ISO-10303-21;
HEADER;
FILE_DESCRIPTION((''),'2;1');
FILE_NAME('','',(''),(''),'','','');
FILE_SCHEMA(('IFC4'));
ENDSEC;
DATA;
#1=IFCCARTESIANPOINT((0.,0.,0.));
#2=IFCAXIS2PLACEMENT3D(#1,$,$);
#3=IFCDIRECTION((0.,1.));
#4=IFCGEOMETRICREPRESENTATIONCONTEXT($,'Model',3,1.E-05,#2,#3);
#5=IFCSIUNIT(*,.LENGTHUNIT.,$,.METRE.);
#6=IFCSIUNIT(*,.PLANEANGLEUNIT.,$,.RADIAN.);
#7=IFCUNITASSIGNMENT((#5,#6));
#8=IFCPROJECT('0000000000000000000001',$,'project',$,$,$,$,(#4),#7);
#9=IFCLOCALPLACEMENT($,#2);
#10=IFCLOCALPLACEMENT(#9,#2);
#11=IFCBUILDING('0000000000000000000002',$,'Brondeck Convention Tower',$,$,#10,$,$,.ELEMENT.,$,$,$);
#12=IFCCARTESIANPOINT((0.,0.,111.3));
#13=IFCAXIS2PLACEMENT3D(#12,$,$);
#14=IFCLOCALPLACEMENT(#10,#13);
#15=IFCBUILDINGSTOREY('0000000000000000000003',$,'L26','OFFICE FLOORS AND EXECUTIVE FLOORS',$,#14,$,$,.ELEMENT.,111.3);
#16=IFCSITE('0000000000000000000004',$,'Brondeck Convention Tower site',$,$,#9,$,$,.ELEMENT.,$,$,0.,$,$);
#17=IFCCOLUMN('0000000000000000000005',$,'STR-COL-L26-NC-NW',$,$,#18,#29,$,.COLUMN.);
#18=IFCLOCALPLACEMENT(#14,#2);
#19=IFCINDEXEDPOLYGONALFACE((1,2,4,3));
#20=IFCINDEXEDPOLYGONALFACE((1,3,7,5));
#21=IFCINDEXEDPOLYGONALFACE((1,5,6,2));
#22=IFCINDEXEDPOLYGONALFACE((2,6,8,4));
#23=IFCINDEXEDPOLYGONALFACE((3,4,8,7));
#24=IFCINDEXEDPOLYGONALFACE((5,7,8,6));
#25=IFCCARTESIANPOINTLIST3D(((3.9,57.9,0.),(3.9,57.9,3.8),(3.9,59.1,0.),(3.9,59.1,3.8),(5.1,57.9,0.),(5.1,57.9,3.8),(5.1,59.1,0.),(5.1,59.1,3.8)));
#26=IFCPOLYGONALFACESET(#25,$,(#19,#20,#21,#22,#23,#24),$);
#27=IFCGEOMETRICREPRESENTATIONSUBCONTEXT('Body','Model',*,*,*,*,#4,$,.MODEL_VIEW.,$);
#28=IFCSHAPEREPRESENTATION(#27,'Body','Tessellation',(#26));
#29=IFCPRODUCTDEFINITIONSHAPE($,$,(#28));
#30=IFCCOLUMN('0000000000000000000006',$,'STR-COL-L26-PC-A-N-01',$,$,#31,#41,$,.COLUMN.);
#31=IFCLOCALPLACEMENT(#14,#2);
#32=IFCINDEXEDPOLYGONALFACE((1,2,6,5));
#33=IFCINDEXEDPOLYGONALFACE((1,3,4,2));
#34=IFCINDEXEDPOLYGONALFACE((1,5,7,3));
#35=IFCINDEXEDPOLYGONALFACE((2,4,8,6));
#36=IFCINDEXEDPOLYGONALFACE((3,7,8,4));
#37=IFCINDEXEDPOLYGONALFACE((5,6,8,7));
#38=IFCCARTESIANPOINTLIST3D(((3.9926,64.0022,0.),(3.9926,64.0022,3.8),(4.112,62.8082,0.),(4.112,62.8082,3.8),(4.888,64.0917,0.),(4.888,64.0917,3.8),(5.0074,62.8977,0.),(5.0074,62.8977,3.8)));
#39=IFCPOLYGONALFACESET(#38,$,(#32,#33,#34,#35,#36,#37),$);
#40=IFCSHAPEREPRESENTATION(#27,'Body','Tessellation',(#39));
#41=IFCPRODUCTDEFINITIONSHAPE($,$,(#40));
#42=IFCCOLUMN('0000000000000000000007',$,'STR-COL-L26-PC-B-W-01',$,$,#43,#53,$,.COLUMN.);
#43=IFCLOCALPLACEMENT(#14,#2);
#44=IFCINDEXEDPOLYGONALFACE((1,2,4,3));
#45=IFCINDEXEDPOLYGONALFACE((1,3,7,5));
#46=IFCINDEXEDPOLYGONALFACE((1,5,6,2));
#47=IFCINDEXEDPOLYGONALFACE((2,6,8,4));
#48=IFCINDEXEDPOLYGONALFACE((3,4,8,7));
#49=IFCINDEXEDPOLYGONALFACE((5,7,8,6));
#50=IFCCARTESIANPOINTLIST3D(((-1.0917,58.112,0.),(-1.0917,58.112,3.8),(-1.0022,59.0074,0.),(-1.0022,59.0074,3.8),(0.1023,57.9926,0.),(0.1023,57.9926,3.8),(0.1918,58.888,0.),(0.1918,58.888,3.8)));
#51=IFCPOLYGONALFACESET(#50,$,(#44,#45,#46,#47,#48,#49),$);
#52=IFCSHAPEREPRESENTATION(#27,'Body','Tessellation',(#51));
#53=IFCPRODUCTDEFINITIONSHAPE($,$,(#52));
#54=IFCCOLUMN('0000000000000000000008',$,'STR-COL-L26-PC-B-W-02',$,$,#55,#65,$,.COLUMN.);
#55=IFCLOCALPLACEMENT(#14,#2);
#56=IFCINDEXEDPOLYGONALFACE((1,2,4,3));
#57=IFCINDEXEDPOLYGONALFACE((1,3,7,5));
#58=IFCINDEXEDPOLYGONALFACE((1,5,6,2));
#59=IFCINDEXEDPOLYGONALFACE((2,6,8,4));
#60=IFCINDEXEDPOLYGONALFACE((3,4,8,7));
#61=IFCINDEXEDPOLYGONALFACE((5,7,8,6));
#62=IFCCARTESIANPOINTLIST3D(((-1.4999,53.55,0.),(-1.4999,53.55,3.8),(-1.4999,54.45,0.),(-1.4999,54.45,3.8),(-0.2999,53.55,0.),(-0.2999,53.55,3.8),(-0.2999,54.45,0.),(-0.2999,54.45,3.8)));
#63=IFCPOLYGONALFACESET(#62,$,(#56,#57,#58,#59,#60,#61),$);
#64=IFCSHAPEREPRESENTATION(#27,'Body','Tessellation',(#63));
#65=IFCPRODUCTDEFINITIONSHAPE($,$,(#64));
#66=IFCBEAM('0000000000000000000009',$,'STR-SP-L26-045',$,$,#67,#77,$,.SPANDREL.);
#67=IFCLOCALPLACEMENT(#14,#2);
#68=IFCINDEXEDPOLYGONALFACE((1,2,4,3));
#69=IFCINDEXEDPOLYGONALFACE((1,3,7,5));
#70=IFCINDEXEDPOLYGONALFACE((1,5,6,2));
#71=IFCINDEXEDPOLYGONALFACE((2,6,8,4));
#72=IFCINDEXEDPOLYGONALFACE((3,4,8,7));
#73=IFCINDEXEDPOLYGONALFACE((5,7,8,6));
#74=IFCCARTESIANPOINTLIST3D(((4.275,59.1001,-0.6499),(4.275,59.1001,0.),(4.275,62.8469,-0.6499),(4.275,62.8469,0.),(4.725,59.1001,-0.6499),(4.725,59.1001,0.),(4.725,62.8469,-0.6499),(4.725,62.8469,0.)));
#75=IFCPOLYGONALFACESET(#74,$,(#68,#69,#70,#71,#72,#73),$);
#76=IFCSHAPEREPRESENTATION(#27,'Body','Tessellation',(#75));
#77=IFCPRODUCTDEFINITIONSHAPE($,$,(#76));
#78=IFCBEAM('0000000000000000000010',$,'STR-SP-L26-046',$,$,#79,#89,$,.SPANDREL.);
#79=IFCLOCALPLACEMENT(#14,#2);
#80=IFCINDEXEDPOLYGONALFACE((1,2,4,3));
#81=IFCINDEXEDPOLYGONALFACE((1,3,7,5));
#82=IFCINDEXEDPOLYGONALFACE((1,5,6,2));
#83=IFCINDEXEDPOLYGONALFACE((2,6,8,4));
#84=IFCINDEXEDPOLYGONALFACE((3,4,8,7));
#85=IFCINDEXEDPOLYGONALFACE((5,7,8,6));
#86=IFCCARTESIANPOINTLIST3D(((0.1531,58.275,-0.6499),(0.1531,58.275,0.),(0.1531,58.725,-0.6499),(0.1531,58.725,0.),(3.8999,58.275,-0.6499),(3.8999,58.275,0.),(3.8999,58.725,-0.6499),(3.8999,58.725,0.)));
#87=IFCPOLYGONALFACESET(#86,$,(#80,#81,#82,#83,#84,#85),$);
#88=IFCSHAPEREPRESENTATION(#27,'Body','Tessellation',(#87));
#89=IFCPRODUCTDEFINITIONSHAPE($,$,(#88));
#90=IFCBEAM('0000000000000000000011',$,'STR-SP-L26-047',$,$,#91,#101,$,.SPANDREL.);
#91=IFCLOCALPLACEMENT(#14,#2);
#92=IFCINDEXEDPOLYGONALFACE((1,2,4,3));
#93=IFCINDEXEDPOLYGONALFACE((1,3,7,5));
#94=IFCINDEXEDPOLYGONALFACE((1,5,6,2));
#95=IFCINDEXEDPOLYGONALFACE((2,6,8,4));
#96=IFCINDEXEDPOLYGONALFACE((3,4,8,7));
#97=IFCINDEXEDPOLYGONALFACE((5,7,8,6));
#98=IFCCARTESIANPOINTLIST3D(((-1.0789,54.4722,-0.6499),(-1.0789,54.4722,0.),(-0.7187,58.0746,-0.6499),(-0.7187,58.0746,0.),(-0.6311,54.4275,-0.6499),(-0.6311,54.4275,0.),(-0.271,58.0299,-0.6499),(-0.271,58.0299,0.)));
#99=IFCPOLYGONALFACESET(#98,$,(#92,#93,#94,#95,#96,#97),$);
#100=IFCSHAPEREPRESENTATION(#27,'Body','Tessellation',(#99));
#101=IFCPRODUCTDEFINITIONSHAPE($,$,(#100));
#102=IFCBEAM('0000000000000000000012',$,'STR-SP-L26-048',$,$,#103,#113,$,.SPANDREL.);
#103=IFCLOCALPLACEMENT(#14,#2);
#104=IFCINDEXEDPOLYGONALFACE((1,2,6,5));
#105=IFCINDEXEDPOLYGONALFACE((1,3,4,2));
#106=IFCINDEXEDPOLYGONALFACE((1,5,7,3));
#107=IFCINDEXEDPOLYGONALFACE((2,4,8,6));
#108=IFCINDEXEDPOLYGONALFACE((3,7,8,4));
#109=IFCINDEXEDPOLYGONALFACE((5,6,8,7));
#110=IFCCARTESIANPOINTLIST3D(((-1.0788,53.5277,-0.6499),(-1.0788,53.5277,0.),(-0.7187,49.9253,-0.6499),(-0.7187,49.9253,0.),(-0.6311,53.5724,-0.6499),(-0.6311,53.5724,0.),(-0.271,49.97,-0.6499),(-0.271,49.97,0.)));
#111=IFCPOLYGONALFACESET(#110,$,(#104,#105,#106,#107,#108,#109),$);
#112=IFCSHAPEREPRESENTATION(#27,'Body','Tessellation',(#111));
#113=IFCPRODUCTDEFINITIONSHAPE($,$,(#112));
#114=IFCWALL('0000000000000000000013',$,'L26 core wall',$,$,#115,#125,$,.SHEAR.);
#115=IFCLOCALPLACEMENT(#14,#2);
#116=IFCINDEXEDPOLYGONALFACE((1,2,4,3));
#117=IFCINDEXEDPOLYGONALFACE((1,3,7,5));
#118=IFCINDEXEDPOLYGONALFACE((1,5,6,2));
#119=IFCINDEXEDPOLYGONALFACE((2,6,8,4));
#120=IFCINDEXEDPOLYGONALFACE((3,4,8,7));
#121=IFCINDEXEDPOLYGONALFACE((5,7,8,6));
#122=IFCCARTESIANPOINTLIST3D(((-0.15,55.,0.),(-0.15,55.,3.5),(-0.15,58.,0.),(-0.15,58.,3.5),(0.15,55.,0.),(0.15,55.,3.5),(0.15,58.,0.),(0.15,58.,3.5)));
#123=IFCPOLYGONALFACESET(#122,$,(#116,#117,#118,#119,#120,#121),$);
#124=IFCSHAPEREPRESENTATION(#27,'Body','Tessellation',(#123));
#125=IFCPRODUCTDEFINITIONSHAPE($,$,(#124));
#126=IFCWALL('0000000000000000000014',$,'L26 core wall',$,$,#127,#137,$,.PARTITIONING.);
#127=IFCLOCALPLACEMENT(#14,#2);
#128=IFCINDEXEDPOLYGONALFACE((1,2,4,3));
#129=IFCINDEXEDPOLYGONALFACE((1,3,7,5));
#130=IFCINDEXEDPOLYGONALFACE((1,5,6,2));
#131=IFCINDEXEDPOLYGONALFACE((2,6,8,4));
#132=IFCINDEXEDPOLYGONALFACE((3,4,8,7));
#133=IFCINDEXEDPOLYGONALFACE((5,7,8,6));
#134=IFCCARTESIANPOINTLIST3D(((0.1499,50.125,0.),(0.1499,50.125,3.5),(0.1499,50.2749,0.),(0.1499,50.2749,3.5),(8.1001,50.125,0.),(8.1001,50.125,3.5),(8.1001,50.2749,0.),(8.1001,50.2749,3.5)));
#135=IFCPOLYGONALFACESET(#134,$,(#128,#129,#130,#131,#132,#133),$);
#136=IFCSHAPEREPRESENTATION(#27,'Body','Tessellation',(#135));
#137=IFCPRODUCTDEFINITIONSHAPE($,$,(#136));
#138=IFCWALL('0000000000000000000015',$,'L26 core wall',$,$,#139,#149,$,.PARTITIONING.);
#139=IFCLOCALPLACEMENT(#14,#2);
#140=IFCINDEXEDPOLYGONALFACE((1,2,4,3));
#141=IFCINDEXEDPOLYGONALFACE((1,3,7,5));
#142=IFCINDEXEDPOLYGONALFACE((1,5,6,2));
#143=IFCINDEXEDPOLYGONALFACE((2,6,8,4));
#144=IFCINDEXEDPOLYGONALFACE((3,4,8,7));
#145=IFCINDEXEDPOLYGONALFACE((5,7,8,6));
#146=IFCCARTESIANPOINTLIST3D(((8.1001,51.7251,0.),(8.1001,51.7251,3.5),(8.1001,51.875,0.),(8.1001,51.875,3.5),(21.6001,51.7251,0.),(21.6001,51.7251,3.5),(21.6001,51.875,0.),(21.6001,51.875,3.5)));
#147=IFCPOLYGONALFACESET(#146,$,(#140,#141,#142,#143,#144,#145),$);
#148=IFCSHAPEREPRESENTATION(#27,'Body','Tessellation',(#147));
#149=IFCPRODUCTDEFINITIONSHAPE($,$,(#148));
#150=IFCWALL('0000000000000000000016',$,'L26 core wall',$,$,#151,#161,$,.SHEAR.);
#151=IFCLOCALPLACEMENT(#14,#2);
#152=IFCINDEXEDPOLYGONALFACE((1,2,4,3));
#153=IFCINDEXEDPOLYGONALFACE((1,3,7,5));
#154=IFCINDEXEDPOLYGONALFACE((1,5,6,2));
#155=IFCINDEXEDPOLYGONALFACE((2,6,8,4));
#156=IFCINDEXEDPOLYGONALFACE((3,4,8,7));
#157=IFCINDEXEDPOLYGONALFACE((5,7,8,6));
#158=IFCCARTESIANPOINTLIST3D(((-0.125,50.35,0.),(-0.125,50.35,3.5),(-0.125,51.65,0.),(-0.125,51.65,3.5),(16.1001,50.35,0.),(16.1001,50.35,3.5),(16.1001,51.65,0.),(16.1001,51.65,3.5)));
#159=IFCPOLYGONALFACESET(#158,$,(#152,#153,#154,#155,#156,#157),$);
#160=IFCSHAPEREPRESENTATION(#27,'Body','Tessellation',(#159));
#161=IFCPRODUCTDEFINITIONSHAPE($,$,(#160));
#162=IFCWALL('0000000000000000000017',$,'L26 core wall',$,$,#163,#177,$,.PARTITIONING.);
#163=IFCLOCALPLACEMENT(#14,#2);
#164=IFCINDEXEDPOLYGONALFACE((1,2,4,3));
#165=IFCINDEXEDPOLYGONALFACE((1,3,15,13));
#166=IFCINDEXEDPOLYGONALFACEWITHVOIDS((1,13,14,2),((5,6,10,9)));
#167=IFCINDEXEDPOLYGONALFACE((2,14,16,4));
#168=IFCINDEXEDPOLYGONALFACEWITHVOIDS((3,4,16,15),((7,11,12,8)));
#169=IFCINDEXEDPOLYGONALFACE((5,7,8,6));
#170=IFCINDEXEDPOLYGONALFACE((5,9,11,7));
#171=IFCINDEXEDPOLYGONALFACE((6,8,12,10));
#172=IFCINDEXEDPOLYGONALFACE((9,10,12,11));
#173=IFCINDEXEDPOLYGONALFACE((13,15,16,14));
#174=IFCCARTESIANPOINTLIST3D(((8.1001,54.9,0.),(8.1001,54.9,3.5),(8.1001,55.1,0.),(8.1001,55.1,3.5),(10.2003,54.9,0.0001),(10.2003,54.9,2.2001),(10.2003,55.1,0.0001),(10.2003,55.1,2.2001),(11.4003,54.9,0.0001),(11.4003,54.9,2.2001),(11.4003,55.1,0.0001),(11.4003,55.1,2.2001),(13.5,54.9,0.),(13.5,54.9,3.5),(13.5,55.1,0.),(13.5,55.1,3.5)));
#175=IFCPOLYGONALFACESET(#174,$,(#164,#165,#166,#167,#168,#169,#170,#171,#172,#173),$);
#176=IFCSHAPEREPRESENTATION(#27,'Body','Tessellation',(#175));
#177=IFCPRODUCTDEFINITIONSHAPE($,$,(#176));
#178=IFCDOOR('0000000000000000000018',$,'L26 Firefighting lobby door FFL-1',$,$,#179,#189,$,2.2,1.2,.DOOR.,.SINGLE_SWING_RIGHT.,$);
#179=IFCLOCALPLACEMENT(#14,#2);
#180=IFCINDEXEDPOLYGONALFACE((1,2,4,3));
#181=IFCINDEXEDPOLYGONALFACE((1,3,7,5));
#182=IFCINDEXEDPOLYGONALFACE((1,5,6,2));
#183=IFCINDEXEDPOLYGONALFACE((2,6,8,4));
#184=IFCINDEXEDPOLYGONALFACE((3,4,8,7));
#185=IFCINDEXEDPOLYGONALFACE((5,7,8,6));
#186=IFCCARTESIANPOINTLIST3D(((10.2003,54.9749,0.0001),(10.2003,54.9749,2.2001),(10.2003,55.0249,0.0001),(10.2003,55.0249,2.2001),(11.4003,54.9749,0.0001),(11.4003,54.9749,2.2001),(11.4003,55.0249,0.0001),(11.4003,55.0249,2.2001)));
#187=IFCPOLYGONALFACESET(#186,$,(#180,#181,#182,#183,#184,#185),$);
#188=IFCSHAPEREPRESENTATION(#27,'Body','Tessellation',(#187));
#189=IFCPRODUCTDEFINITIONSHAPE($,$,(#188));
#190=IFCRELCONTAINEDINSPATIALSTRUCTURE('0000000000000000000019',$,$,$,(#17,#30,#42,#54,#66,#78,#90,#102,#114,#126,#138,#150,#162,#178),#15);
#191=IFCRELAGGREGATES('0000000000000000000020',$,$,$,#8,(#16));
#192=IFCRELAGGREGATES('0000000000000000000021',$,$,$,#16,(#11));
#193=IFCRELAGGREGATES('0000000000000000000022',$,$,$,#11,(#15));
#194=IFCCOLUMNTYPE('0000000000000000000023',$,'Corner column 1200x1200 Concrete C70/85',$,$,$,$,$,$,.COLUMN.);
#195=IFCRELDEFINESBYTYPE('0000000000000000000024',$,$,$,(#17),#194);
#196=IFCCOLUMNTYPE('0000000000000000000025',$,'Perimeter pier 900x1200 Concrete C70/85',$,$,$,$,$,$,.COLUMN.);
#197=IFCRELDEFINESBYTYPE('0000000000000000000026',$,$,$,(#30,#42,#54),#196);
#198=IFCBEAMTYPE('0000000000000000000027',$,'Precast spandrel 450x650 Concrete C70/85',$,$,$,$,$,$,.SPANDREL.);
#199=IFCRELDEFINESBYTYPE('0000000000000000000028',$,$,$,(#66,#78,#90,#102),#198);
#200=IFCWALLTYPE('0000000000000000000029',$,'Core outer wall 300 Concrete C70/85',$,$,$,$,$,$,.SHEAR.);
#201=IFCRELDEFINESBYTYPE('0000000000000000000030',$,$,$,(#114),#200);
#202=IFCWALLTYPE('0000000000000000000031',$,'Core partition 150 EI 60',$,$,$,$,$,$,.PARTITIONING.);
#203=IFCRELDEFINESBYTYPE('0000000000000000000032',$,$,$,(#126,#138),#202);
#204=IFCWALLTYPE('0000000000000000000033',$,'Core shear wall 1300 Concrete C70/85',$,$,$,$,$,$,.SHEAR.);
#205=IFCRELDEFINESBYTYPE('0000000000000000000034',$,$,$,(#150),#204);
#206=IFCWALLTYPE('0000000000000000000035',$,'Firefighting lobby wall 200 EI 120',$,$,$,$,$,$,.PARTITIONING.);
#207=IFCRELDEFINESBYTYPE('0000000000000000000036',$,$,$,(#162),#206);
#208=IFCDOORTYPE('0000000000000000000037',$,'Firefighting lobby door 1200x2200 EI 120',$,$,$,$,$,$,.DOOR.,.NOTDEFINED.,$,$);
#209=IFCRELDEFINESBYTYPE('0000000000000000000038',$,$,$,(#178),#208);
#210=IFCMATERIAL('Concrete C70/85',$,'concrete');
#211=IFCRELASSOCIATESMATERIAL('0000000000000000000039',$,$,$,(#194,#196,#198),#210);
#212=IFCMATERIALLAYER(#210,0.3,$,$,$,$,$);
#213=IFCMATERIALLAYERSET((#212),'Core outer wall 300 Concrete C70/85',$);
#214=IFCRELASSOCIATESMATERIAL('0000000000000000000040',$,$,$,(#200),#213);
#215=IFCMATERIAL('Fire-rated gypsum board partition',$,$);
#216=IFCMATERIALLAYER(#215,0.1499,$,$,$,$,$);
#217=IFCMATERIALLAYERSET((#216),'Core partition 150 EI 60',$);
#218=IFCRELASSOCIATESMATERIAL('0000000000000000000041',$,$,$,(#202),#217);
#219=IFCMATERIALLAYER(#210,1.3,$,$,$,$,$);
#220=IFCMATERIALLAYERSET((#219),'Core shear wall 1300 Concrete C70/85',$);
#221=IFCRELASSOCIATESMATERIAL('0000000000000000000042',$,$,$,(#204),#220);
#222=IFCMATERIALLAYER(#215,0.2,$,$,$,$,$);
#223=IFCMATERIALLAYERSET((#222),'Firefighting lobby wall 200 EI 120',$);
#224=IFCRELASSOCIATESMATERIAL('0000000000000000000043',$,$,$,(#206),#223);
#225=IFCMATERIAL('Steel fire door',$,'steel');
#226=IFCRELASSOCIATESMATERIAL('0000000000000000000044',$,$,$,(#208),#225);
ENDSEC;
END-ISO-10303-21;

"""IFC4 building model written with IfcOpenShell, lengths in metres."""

from ifc_helpers import new_model, si_unit, direction, frame, frame_2d, origin, origin_2d, place, context, subcontext, project, spatial, rectangle, extrude, material, layer, layer_set, material_profile, profile_set, type_object, element, fill, save


model = new_model("IFC4")

# Units and contexts
model_context = context("Model", 3, precision=1e-05, world=origin(), true_north=direction((0.0, 1.0)))
body_context = subcontext(model_context, "Body", "Model", "MODEL_VIEW")
ifc_project = project(units=[si_unit("LENGTHUNIT", "METRE"), si_unit("PLANEANGLEUNIT", "RADIAN")], contexts=[model_context])

# Site, building, storey
site_placement = place(None, origin())
site = spatial("IfcSite", under=ifc_project, at=site_placement, Name="Brondeck Convention Tower site", CompositionType="ELEMENT", RefElevation=0.0)
building_placement = place(site_placement, origin())
building = spatial("IfcBuilding", under=site, at=building_placement, Name="Brondeck Convention Tower", CompositionType="ELEMENT")
storey_placement = place(building_placement, frame((0.0, 0.0, 111.3)))
storey = spatial("IfcBuildingStorey", under=building, at=storey_placement, Name="L26", Description="OFFICE FLOORS AND EXECUTIVE FLOORS", CompositionType="ELEMENT", Elevation=111.3)

# Columns
ifc_material_1 = material(Name="Concrete C70/85", Category="concrete")
ifc_material_profile_1 = material_profile(ifc_material_1, rectangle(XDim=1.2, YDim=1.2, at=origin_2d()), Name="Corner column 1200x1200 Concrete C70/85")
ifc_profile_set_1 = profile_set([ifc_material_profile_1], Name="Concrete C70/85")
column_type_1 = type_object("IfcColumnType", Name="Corner column 1200x1200 Concrete C70/85", PredefinedType="COLUMN", material=ifc_profile_set_1)
column_placement = place(storey_placement, frame((4.5, 58.5, 0.0), z_axis=(0.0, 0.0, 1.0), x_axis=(1.0, 0.0, 0.0)))
element("IfcColumn", 1, at=column_placement, inside=storey, type_object=column_type_1, Name="STR-COL-L26-NC-NW", PredefinedType="COLUMN", context=body_context, shape_type="SweptSolid", body=[
    extrude(rectangle(XDim=1.2, YDim=1.2, at=origin_2d()), origin(), (0.0, 0.0, 1.0), 3.8),
])
ifc_material_profile_2 = material_profile(ifc_material_1, rectangle(XDim=0.8999, YDim=1.2, at=origin_2d()), Name="Perimeter pier 900x1200 Concrete C70/85")
ifc_profile_set_2 = profile_set([ifc_material_profile_2], Name="Concrete C70/85")
column_type_2 = type_object("IfcColumnType", Name="Perimeter pier 900x1200 Concrete C70/85", PredefinedType="COLUMN", material=ifc_profile_set_2)
for number, where, z_axis, x_axis, name in (
    (2, (4.5, 63.45, 0.0), (0.0, 0.0, 1.0), (-0.995037, -0.099504, 0.0), "STR-COL-L26-PC-A-N-01"),
    (3, (-0.45, 58.5, 0.0), (0.0, 0.0, 1.0), (-0.099504, -0.995037, 0.0), "STR-COL-L26-PC-B-W-01"),
    (4, (-0.8999, 54.0, 0.0), (0.0, 0.0, 1.0), (0.0, -1.0, 0.0), "STR-COL-L26-PC-B-W-02"),
):
    element("IfcColumn", number, at=place(storey_placement, frame(where, z_axis=z_axis, x_axis=x_axis)), inside=storey, type_object=column_type_2, Name=name, PredefinedType="COLUMN", context=body_context, shape_type="SweptSolid", body=[
        extrude(rectangle(XDim=0.8999, YDim=1.2, at=origin_2d()), origin(), (0.0, 0.0, 1.0), 3.8),
    ])

# Beams
ifc_material_profile_3 = material_profile(ifc_material_1, rectangle(XDim=0.45, YDim=0.6499, at=origin_2d()), Name="Precast spandrel 450x650 Concrete C70/85")
ifc_profile_set_3 = profile_set([ifc_material_profile_3], Name="Concrete C70/85")
beam_type = type_object("IfcBeamType", Name="Precast spandrel 450x650 Concrete C70/85", PredefinedType="SPANDREL", material=ifc_profile_set_3)
for number, where, z_axis, x_axis, name in (
    (5, (4.5, 62.8469, -0.325), (0.0, -1.0, 0.0), (1.0, 0.0, 0.0), "STR-SP-L26-045"),
    (6, (3.8999, 58.5, -0.325), (-1.0, 0.0, 0.0), (0.0, -1.0, 0.0), "STR-SP-L26-046"),
):
    element("IfcBeam", number, at=place(storey_placement, frame(where, z_axis=z_axis, x_axis=x_axis)), inside=storey, type_object=beam_type, Name=name, PredefinedType="SPANDREL", context=body_context, shape_type="SweptSolid", body=[
        extrude(rectangle(XDim=0.45, YDim=0.6499, at=origin_2d()), origin(), (0.0, 0.0, 1.0), 3.7468),
    ])
for number, where, z_axis, x_axis, name in (
    (7, (-0.4949, 58.0522, -0.325), (-0.09947, -0.995041, 0.0), (0.995041, -0.09947, 0.0), "STR-SP-L26-047"),
    (8, (-0.855, 53.55, -0.325), (0.09947, -0.995041, 0.0), (0.995041, 0.09947, 0.0), "STR-SP-L26-048"),
):
    element("IfcBeam", number, at=place(storey_placement, frame(where, z_axis=z_axis, x_axis=x_axis)), inside=storey, type_object=beam_type, Name=name, PredefinedType="SPANDREL", context=body_context, shape_type="SweptSolid", body=[
        extrude(rectangle(XDim=0.45, YDim=0.6499, at=origin_2d()), origin(), (0.0, 0.0, 1.0), 3.6204),
    ])

# Walls
ifc_layer_1 = layer(ifc_material_1, 0.3)
ifc_layer_set_1 = layer_set([ifc_layer_1], Name="Core outer wall 300 Concrete C70/85")
wall_type_1 = type_object("IfcWallType", Name="Core outer wall 300 Concrete C70/85", PredefinedType="SHEAR", material=ifc_layer_set_1)
wall_1_placement = place(storey_placement, frame((0.0, 55.0, 0.0), z_axis=(0.0, 0.0, 1.0), x_axis=(0.0, 1.0, 0.0)))
element("IfcWall", 9, at=wall_1_placement, inside=storey, type_object=wall_type_1, Name="L26 core wall", PredefinedType="SHEAR", context=body_context, shape_type="SweptSolid", body=[
    extrude(rectangle(XDim=3.0, YDim=0.3, at=frame_2d((1.5, 0.0))), origin(), (0.0, 0.0, 1.0), 3.5),
])
ifc_material_2 = material(Name="Fire-rated gypsum board partition")
ifc_layer_2 = layer(ifc_material_2, 0.1499)
ifc_layer_set_2 = layer_set([ifc_layer_2], Name="Core partition 150 EI 60")
wall_type_2 = type_object("IfcWallType", Name="Core partition 150 EI 60", PredefinedType="PARTITIONING", material=ifc_layer_set_2)
wall_2_placement = place(storey_placement, frame((0.1499, 50.2, 0.0), z_axis=(0.0, 0.0, 1.0), x_axis=(1.0, 0.0, 0.0)))
element("IfcWall", 10, at=wall_2_placement, inside=storey, type_object=wall_type_2, Name="L26 core wall", PredefinedType="PARTITIONING", context=body_context, shape_type="SweptSolid", body=[
    extrude(rectangle(XDim=7.9502, YDim=0.1499, at=frame_2d((3.9751, 0.0))), origin(), (0.0, 0.0, 1.0), 3.5),
])
wall_3_placement = place(storey_placement, frame((8.1001, 51.8, 0.0), z_axis=(0.0, 0.0, 1.0), x_axis=(1.0, 0.0, 0.0)))
element("IfcWall", 11, at=wall_3_placement, inside=storey, type_object=wall_type_2, Name="L26 core wall", PredefinedType="PARTITIONING", context=body_context, shape_type="SweptSolid", body=[
    extrude(rectangle(XDim=13.5, YDim=0.1499, at=frame_2d((6.75, 0.0))), origin(), (0.0, 0.0, 1.0), 3.5),
])
ifc_layer_3 = layer(ifc_material_1, 1.3)
ifc_layer_set_3 = layer_set([ifc_layer_3], Name="Core shear wall 1300 Concrete C70/85")
wall_type_3 = type_object("IfcWallType", Name="Core shear wall 1300 Concrete C70/85", PredefinedType="SHEAR", material=ifc_layer_set_3)
wall_4_placement = place(storey_placement, frame((-0.125, 51.0, 0.0), z_axis=(0.0, 0.0, 1.0), x_axis=(1.0, 0.0, 0.0)))
element("IfcWall", 12, at=wall_4_placement, inside=storey, type_object=wall_type_3, Name="L26 core wall", PredefinedType="SHEAR", context=body_context, shape_type="SweptSolid", body=[
    extrude(rectangle(XDim=16.2251, YDim=1.3, at=frame_2d((8.1125, 0.0))), origin(), (0.0, 0.0, 1.0), 3.5),
])

# Wall, opening, door
ifc_layer_4 = layer(ifc_material_2, 0.2)
ifc_layer_set_4 = layer_set([ifc_layer_4], Name="Firefighting lobby wall 200 EI 120")
wall_type_4 = type_object("IfcWallType", Name="Firefighting lobby wall 200 EI 120", PredefinedType="PARTITIONING", material=ifc_layer_set_4)
wall_5_placement = place(storey_placement, frame((8.1001, 55.0, 0.0), z_axis=(0.0, 0.0, 1.0), x_axis=(1.0, 0.0, 0.0)))
wall_5 = element("IfcWall", 13, at=wall_5_placement, inside=storey, type_object=wall_type_4, Name="L26 core wall", PredefinedType="PARTITIONING", context=body_context, shape_type="SweptSolid", body=[
    extrude(rectangle(XDim=5.3999, YDim=0.2, at=frame_2d((2.7, 0.0))), origin(), (0.0, 0.0, 1.0), 3.5),
])
opening_1_placement = place(wall_5_placement, frame((2.1001, 0.0, 0.0)))
opening_1 = element("IfcOpeningElement", 14, at=opening_1_placement, cuts=wall_5, PredefinedType="OPENING", context=body_context, shape_type="SweptSolid", body=[
    extrude(rectangle(XDim=1.2, YDim=2.2, at=frame_2d((0.6001, 1.1001))), frame((0.0, 0.1099, 0.0), z_axis=(0.0, -1.0, 0.0), x_axis=(1.0, 0.0, 0.0)), (0.0, 0.0, 1.0), 0.22),
])
ifc_material_3 = material(Name="Steel fire door", Category="steel")
door_type_1 = type_object("IfcDoorType", Name="Firefighting lobby door 1200x2200 EI 120", OperationType="NOTDEFINED", PredefinedType="DOOR", material=ifc_material_3)
door_1_placement = place(opening_1_placement, origin())
door_1 = element("IfcDoor", 15, at=door_1_placement, inside=storey, type_object=door_type_1, Name="L26 Firefighting lobby door FFL-1", OperationType="SINGLE_SWING_RIGHT", OverallHeight=2.2, OverallWidth=1.2, PredefinedType="DOOR", context=body_context, shape_type="SweptSolid", body=[
    extrude(rectangle(XDim=1.2, YDim=2.2, at=frame_2d((0.6001, 1.1001))), frame((0.0, 0.0249, 0.0), z_axis=(0.0, -1.0, 0.0), x_axis=(1.0, 0.0, 0.0)), (0.0, 0.0, 1.0), 0.05),
])
fill(opening_1, door_1)

save(model, "model.ifc")
